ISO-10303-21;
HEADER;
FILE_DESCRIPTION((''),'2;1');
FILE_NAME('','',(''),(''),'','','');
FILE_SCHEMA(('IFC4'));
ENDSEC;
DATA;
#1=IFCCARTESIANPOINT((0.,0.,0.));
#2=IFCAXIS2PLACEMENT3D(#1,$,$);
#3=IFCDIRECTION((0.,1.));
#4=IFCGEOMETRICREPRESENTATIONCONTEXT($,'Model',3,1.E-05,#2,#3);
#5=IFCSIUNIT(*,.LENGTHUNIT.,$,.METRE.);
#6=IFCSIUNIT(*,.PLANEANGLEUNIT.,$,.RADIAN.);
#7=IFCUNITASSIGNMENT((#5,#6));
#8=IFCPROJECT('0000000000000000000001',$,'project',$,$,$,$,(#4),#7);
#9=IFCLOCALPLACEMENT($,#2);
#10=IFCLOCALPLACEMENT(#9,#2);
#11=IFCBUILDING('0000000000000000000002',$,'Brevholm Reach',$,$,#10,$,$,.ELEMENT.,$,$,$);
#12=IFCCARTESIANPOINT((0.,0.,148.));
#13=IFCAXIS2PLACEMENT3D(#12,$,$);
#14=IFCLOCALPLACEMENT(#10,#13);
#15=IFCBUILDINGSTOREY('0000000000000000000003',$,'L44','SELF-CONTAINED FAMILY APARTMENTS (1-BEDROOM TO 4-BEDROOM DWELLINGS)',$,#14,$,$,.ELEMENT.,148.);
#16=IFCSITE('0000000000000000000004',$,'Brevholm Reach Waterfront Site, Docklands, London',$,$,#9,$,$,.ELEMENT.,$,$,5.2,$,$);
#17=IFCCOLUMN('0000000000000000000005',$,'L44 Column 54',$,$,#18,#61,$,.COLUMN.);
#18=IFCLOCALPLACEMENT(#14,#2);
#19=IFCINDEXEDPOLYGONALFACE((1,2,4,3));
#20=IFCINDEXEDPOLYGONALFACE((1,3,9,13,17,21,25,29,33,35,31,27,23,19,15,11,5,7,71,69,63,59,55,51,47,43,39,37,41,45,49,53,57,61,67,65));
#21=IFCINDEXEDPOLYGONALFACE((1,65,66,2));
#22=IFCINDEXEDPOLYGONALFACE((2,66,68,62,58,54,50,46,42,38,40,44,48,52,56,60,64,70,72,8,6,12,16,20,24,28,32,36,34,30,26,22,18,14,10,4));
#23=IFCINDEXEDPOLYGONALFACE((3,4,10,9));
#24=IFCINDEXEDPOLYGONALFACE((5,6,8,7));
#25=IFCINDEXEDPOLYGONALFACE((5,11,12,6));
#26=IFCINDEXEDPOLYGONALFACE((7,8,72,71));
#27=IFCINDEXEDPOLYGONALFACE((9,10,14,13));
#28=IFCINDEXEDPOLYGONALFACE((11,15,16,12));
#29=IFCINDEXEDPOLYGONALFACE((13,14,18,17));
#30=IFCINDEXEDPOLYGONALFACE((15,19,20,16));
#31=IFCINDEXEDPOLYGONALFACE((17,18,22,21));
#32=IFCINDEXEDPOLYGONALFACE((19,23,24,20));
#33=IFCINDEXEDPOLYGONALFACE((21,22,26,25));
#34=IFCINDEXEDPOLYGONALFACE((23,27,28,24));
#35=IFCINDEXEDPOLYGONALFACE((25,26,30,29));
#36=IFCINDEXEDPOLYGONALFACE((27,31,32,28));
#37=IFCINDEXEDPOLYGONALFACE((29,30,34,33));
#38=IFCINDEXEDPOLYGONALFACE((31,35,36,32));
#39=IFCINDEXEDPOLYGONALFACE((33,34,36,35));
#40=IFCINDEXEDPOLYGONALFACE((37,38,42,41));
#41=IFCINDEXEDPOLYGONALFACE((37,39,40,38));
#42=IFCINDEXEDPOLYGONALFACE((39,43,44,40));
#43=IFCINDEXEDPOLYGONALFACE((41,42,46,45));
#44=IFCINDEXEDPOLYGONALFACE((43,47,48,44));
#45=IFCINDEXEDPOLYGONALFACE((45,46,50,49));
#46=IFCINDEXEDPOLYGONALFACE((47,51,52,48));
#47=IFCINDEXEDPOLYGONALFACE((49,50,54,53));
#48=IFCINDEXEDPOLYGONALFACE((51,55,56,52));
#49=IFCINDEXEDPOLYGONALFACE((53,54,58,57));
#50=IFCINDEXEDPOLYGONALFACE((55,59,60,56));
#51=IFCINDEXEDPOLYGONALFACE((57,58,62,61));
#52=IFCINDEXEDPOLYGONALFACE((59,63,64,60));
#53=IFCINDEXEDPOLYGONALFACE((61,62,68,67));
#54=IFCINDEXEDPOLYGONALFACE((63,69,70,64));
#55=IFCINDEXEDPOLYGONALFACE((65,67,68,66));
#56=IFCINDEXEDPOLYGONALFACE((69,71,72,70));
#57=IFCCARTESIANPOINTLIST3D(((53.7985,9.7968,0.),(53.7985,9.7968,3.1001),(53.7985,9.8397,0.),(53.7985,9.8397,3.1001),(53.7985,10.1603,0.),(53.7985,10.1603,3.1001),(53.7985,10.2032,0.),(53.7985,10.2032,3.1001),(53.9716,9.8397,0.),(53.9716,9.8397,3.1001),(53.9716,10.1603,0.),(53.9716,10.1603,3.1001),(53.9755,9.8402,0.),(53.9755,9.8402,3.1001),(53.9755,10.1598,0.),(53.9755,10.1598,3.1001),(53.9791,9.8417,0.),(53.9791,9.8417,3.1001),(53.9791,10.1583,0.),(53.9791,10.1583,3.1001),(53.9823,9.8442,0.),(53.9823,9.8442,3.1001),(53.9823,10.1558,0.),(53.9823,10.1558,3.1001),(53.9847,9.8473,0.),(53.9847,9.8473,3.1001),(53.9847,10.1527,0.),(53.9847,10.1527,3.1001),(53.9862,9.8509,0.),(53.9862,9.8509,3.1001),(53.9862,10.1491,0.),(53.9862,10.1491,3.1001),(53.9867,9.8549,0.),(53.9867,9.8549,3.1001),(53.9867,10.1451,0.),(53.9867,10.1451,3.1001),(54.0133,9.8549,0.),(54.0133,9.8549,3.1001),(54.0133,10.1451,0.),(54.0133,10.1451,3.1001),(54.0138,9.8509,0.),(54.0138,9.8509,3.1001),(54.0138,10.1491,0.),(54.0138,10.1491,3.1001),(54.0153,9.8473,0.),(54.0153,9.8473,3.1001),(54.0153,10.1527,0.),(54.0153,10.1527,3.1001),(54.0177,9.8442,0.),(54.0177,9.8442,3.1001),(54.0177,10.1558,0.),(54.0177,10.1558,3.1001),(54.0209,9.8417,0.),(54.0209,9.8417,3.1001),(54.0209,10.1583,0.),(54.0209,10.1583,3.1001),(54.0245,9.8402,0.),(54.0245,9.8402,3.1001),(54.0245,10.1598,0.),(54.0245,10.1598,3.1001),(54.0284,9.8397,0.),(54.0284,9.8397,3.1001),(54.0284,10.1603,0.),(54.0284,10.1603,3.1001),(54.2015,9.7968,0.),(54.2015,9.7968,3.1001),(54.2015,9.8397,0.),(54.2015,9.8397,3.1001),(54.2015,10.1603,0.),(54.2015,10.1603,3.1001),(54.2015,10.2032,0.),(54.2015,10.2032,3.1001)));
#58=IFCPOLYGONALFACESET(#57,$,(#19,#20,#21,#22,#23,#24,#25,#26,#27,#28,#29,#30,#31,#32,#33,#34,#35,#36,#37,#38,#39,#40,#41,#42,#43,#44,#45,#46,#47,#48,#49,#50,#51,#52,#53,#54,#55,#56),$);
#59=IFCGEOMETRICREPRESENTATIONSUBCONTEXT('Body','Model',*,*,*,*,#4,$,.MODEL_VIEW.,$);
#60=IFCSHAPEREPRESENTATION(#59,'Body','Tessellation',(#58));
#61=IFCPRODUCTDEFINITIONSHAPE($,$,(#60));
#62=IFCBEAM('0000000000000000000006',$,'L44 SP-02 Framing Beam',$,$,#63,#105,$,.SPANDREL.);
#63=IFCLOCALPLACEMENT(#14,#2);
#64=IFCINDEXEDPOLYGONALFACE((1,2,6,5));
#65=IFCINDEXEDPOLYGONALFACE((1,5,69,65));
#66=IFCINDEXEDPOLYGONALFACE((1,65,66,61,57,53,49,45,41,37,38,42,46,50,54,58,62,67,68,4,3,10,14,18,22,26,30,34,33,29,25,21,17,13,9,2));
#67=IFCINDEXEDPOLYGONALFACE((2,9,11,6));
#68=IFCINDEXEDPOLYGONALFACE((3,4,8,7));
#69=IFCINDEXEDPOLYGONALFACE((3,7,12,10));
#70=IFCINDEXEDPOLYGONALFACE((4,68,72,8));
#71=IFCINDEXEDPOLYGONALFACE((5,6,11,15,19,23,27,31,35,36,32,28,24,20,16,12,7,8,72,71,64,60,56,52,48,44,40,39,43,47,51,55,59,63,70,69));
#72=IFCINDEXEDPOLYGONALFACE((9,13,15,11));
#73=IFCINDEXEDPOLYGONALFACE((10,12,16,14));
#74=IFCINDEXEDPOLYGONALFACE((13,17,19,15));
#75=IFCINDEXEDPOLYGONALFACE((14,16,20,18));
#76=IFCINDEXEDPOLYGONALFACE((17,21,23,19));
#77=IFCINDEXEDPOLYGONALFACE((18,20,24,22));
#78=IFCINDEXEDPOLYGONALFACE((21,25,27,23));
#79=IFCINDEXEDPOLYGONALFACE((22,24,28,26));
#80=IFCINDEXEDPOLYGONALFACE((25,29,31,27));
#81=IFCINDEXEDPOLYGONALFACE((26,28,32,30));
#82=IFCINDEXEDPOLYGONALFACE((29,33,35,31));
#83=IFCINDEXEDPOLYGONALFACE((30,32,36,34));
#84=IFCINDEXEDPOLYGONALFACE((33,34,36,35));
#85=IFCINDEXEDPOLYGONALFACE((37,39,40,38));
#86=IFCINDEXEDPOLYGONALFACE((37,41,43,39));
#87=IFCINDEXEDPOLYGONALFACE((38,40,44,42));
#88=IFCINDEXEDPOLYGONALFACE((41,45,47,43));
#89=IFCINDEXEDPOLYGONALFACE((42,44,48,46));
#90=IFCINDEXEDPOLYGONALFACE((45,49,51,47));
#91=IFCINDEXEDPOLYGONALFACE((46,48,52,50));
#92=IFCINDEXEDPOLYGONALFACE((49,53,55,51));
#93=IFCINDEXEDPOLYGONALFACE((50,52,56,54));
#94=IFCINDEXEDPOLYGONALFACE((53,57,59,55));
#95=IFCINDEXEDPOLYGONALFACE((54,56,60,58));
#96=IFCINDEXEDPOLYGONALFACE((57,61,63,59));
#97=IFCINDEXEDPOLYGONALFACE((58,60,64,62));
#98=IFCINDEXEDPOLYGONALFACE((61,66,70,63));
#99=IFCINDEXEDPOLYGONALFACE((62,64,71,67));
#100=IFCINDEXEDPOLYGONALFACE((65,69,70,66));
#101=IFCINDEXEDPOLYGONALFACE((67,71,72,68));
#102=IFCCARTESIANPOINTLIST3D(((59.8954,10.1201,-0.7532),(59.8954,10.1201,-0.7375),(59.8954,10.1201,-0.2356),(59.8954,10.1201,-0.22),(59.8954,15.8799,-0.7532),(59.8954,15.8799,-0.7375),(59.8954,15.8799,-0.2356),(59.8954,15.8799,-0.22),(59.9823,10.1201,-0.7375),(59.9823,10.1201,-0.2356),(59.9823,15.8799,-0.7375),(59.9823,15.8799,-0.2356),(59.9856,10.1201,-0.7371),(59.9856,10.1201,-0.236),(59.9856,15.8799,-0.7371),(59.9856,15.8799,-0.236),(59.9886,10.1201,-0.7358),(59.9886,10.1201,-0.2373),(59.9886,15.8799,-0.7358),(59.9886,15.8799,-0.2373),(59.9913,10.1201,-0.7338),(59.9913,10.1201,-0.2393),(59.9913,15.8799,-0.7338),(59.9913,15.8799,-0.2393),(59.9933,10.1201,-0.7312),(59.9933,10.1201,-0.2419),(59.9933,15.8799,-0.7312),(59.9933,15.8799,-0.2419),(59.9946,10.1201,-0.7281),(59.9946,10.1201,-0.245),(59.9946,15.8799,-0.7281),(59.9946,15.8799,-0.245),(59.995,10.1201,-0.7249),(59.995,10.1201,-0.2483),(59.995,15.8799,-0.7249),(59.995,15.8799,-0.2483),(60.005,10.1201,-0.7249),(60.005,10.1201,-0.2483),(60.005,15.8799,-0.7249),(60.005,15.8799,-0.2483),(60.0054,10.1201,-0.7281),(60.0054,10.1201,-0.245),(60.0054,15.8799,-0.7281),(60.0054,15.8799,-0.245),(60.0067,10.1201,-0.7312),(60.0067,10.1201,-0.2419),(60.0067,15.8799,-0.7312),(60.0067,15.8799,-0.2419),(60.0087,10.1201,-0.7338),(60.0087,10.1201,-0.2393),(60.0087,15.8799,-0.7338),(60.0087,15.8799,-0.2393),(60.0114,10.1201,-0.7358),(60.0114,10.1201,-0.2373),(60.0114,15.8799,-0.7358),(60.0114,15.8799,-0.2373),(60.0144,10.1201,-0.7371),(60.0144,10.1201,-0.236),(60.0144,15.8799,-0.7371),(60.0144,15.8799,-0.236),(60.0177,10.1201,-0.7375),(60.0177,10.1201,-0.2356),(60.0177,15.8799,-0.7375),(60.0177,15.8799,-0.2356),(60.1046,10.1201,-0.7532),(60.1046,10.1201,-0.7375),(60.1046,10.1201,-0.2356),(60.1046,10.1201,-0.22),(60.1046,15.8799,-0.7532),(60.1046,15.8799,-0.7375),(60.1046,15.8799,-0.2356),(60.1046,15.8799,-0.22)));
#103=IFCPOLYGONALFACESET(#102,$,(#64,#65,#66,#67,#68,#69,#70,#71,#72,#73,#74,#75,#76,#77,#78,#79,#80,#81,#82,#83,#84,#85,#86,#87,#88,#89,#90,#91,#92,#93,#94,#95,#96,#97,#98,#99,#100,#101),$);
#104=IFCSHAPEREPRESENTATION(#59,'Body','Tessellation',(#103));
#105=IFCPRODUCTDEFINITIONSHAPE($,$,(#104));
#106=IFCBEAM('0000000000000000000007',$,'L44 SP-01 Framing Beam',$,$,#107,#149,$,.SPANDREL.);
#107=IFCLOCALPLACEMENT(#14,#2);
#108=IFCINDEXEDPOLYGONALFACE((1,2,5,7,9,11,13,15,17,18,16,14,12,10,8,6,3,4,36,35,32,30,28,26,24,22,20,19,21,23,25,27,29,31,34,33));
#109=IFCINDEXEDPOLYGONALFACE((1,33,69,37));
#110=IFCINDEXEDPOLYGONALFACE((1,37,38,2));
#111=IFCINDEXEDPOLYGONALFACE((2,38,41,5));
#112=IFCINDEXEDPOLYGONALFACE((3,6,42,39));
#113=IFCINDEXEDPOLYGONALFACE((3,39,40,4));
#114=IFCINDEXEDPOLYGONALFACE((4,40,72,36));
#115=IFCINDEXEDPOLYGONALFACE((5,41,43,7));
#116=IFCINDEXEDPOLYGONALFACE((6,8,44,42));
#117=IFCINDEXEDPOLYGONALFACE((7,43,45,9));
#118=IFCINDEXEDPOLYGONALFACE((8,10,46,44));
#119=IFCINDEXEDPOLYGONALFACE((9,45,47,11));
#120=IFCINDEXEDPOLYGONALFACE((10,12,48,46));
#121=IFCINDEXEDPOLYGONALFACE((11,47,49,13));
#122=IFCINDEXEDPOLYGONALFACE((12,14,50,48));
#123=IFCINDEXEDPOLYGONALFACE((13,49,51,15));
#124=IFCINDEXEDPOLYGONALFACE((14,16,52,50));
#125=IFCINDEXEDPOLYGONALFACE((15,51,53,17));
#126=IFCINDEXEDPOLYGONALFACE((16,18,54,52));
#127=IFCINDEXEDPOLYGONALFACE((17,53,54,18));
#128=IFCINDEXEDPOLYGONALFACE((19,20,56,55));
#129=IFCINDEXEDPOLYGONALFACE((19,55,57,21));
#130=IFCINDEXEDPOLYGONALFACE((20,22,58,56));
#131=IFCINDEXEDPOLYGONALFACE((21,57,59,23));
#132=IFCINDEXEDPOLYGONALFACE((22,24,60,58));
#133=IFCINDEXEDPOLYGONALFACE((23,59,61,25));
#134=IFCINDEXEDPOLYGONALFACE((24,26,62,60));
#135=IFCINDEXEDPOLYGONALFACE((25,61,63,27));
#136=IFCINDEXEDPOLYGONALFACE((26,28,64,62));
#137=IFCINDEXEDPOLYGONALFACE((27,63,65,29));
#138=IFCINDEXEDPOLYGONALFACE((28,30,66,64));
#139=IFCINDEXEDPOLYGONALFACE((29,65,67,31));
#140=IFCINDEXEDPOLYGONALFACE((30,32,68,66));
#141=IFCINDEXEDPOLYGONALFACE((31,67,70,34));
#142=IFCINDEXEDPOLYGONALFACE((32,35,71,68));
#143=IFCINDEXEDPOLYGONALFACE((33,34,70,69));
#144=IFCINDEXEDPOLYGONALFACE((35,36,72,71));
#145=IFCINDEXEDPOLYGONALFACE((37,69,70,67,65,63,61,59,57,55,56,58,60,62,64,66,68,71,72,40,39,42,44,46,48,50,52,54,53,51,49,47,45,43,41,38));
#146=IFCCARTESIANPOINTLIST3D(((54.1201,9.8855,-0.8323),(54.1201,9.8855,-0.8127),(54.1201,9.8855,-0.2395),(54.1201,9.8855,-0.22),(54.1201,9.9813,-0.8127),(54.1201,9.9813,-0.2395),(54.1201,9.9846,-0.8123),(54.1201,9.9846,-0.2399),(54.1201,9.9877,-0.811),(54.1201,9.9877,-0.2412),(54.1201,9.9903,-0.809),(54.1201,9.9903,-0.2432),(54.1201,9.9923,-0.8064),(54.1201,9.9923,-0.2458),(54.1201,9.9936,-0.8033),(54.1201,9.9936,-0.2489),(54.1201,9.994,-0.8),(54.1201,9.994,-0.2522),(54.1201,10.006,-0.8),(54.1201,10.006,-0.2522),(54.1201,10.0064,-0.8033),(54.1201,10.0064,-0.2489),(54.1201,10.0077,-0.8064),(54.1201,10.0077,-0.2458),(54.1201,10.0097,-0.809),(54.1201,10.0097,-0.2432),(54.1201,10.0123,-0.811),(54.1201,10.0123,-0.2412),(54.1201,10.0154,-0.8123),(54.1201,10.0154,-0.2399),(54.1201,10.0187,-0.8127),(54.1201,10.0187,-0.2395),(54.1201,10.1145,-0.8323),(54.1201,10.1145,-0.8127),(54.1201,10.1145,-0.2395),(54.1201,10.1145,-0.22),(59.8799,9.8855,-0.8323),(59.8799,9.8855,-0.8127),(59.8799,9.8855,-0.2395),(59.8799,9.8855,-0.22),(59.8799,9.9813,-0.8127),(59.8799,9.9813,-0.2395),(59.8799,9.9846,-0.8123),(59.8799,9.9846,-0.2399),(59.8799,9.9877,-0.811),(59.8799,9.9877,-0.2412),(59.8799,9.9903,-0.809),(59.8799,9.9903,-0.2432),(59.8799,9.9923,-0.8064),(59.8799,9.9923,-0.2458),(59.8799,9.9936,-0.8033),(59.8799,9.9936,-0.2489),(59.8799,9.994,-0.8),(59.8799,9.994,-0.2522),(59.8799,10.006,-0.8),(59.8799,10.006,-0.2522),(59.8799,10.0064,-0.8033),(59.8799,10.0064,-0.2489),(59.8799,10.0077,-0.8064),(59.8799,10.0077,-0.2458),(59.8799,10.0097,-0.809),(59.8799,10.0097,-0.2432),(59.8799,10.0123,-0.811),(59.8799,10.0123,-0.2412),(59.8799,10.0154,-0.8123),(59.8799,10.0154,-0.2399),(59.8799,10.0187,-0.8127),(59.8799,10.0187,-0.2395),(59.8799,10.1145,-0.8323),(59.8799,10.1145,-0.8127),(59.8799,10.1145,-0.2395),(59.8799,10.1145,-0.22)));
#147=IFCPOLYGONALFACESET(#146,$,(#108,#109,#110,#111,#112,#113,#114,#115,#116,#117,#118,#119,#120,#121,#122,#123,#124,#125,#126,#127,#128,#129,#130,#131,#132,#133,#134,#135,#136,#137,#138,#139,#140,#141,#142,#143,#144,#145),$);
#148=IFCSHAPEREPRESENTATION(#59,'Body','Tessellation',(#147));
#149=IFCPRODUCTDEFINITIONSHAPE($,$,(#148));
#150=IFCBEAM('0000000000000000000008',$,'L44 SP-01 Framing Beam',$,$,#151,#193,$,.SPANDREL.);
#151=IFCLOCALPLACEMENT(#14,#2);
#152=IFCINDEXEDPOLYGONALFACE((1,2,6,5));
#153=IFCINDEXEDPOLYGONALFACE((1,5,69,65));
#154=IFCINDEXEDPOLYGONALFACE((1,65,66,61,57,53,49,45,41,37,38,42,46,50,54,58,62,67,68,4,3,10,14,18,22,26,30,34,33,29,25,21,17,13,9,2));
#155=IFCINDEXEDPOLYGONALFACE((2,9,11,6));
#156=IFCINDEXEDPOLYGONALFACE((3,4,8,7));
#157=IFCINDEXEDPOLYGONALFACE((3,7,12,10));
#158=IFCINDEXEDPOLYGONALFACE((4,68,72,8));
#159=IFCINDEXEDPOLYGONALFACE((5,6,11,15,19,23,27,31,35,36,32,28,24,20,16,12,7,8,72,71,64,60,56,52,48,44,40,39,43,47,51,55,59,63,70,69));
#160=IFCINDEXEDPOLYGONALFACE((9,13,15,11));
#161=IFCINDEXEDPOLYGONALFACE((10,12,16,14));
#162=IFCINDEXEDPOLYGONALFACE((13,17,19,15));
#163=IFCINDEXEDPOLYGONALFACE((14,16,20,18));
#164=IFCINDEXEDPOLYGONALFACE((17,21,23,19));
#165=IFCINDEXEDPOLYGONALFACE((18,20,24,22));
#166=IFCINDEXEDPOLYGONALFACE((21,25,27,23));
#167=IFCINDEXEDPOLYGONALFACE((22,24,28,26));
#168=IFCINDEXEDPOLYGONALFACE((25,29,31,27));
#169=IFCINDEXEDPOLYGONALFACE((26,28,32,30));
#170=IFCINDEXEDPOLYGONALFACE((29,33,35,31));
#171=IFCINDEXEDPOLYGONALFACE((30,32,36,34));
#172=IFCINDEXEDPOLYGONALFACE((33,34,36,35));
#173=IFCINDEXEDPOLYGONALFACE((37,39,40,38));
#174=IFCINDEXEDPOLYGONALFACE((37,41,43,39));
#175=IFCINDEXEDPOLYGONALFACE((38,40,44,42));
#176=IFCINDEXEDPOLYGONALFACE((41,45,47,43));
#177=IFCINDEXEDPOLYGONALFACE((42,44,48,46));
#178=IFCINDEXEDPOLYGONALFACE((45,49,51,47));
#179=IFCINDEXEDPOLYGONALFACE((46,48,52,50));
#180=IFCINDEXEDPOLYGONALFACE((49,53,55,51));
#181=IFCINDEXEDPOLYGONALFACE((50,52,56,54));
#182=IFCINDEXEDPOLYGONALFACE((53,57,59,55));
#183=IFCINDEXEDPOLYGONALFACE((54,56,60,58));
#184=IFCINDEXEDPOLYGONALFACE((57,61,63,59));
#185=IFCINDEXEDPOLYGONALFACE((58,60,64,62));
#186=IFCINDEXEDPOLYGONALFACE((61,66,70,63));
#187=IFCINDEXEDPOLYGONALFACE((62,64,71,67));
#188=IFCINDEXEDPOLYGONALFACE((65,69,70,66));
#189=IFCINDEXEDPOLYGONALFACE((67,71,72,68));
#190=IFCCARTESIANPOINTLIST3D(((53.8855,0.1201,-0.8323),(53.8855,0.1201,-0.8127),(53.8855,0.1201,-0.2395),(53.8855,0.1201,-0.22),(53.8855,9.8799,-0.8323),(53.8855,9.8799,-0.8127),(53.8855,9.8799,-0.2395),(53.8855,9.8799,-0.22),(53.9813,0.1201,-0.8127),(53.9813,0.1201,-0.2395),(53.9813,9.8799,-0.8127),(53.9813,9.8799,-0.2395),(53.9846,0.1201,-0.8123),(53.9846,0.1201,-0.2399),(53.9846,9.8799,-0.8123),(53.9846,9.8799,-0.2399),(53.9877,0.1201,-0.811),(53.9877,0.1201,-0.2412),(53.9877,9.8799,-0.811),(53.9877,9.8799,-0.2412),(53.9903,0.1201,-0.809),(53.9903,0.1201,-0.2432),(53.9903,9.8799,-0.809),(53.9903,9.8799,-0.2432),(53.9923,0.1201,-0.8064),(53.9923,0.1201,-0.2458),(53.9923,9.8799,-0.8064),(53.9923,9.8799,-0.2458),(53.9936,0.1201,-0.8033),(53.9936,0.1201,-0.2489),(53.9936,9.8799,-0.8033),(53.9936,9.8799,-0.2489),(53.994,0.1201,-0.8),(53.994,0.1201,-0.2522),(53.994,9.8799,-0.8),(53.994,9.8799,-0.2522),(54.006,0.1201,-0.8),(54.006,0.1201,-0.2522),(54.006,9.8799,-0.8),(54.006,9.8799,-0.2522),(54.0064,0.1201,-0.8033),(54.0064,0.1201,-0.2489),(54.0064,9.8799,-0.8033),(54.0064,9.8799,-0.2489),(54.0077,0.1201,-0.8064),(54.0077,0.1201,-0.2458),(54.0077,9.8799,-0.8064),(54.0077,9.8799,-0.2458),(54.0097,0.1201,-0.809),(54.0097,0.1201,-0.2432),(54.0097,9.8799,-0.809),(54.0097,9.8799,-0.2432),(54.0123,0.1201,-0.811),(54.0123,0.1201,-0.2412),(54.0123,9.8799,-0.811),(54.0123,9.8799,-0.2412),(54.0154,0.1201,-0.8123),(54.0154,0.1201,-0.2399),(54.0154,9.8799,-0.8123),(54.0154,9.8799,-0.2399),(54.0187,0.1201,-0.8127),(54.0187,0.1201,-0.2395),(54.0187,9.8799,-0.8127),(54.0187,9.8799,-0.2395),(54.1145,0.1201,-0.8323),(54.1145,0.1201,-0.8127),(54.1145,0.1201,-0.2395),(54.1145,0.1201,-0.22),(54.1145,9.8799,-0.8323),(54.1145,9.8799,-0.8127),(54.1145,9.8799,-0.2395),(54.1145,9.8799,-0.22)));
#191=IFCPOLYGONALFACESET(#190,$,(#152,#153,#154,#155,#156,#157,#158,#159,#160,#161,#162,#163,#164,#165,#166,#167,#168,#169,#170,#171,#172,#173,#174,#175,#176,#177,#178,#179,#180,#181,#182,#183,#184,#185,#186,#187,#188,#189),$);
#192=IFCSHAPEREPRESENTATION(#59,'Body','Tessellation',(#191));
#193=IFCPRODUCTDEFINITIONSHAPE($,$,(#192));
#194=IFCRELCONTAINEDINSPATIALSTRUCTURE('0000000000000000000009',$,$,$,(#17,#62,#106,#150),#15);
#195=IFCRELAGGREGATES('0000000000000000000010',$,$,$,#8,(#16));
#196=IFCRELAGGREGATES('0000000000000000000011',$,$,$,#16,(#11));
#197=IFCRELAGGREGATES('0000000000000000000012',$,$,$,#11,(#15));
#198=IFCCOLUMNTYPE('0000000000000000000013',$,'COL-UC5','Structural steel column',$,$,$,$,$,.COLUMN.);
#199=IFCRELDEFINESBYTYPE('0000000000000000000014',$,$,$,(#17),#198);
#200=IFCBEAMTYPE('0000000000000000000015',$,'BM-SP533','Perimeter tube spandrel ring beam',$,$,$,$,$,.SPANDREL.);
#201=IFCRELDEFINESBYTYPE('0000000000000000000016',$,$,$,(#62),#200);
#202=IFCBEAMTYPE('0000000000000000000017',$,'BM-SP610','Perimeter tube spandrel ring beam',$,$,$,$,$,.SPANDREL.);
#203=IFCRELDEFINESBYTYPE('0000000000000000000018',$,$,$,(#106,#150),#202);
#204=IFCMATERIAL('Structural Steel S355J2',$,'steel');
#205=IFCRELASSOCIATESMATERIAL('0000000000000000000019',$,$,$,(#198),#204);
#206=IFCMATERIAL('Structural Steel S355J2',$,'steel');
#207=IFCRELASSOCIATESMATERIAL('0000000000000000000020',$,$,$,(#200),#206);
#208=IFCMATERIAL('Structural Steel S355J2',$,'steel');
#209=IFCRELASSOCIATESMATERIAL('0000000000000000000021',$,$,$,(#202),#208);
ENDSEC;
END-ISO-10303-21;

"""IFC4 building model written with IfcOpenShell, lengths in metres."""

from ifc_helpers import new_model, si_unit, direction, frame, origin, origin_2d, place, context, subcontext, project, spatial, i_section, extrude, material, material_profile, profile_set, type_object, element, save


model = new_model("IFC4")

# Units and contexts
model_context = context("Model", 3, precision=1e-05, world=origin(), true_north=direction((0.0, 1.0)))
body_context = subcontext(model_context, "Body", "Model", "MODEL_VIEW")
ifc_project = project(units=[si_unit("LENGTHUNIT", "METRE"), si_unit("PLANEANGLEUNIT", "RADIAN")], contexts=[model_context])

# Site, building, storey
site_placement = place(None, origin())
site = spatial("IfcSite", under=ifc_project, at=site_placement, Name="Brevholm Reach Waterfront Site, Docklands, London", CompositionType="ELEMENT", RefElevation=5.2)
building_placement = place(site_placement, origin())
building = spatial("IfcBuilding", under=site, at=building_placement, Name="Brevholm Reach", CompositionType="ELEMENT")
storey_placement = place(building_placement, frame((0.0, 0.0, 148.0)))
storey = spatial("IfcBuildingStorey", under=building, at=storey_placement, Name="L44", Description="SELF-CONTAINED FAMILY APARTMENTS (1-BEDROOM TO 4-BEDROOM DWELLINGS)", CompositionType="ELEMENT", Elevation=148.0)

# Column
ifc_material_1 = material(Name="Structural Steel S355J2", Category="steel")
ifc_material_profile_1 = material_profile(ifc_material_1, i_section(OverallWidth=0.4031, OverallDepth=0.4065, WebThickness=0.0266, FlangeThickness=0.043, FilletRadius=0.0151, at=origin_2d()), Name="UKC 356x406x340")
ifc_profile_set_1 = profile_set([ifc_material_profile_1], Name="Structural Steel S355J2")
column_type_1 = type_object("IfcColumnType", Name="COL-UC5", Description="Structural steel column", PredefinedType="COLUMN", material=ifc_profile_set_1)
column_1_placement = place(storey_placement, frame((54.0, 10.0, 0.0), z_axis=(0.0, 0.0, 1.0), x_axis=(1.0, 0.0, 0.0)))
element("IfcColumn", 1, at=column_1_placement, inside=storey, type_object=column_type_1, Name="L44 Column 54", PredefinedType="COLUMN", context=body_context, shape_type="SweptSolid", body=[
    extrude(i_section(OverallWidth=0.4031, OverallDepth=0.4065, WebThickness=0.0266, FlangeThickness=0.043, FilletRadius=0.0151, at=origin_2d()), origin(), (0.0, 0.0, 1.0), 3.1001),
])

# Beams
ifc_material_2 = material(Name="Structural Steel S355J2", Category="steel")
ifc_material_profile_2 = material_profile(ifc_material_2, i_section(OverallWidth=0.2092, OverallDepth=0.5332, WebThickness=0.01, FlangeThickness=0.0156, FilletRadius=0.0127, at=origin_2d()), Name="UKB 533x210x92")
ifc_profile_set_2 = profile_set([ifc_material_profile_2], Name="Structural Steel S355J2")
beam_type_1 = type_object("IfcBeamType", Name="BM-SP533", Description="Perimeter tube spandrel ring beam", PredefinedType="SPANDREL", material=ifc_profile_set_2)
beam_1_placement = place(storey_placement, frame((60.0, 10.1201, -0.4866), z_axis=(0.0, 1.0, 0.0), x_axis=(-1.0, 0.0, 0.0)))
element("IfcBeam", 2, at=beam_1_placement, inside=storey, type_object=beam_type_1, Name="L44 SP-02 Framing Beam", PredefinedType="SPANDREL", context=body_context, shape_type="SweptSolid", body=[
    extrude(i_section(OverallWidth=0.2092, OverallDepth=0.5332, WebThickness=0.01, FlangeThickness=0.0156, FilletRadius=0.0127, at=origin_2d()), origin(), (0.0, 0.0, 1.0), 5.7598),
])
ifc_material_3 = material(Name="Structural Steel S355J2", Category="steel")
ifc_material_profile_3 = material_profile(ifc_material_3, i_section(OverallWidth=0.229, OverallDepth=0.6123, WebThickness=0.012, FlangeThickness=0.0195, FilletRadius=0.0127, at=origin_2d()), Name="UKB 610x229x125")
ifc_profile_set_3 = profile_set([ifc_material_profile_3], Name="Structural Steel S355J2")
beam_type_2 = type_object("IfcBeamType", Name="BM-SP610", Description="Perimeter tube spandrel ring beam", PredefinedType="SPANDREL", material=ifc_profile_set_3)
beam_2_placement = place(storey_placement, frame((54.1201, 10.0, -0.5261), z_axis=(1.0, 0.0, 0.0), x_axis=(0.0, 1.0, 0.0)))
element("IfcBeam", 3, at=beam_2_placement, inside=storey, type_object=beam_type_2, Name="L44 SP-01 Framing Beam", PredefinedType="SPANDREL", context=body_context, shape_type="SweptSolid", body=[
    extrude(i_section(OverallWidth=0.229, OverallDepth=0.6123, WebThickness=0.012, FlangeThickness=0.0195, FilletRadius=0.0127, at=origin_2d()), origin(), (0.0, 0.0, 1.0), 5.7598),
])
beam_3_placement = place(storey_placement, frame((54.0, 0.1201, -0.5261), z_axis=(0.0, 1.0, 0.0), x_axis=(-1.0, 0.0, 0.0)))
element("IfcBeam", 4, at=beam_3_placement, inside=storey, type_object=beam_type_2, Name="L44 SP-01 Framing Beam", PredefinedType="SPANDREL", context=body_context, shape_type="SweptSolid", body=[
    extrude(i_section(OverallWidth=0.229, OverallDepth=0.6123, WebThickness=0.012, FlangeThickness=0.0195, FilletRadius=0.0127, at=origin_2d()), origin(), (0.0, 0.0, 1.0), 9.7598),
])

save(model, "model.ifc")
